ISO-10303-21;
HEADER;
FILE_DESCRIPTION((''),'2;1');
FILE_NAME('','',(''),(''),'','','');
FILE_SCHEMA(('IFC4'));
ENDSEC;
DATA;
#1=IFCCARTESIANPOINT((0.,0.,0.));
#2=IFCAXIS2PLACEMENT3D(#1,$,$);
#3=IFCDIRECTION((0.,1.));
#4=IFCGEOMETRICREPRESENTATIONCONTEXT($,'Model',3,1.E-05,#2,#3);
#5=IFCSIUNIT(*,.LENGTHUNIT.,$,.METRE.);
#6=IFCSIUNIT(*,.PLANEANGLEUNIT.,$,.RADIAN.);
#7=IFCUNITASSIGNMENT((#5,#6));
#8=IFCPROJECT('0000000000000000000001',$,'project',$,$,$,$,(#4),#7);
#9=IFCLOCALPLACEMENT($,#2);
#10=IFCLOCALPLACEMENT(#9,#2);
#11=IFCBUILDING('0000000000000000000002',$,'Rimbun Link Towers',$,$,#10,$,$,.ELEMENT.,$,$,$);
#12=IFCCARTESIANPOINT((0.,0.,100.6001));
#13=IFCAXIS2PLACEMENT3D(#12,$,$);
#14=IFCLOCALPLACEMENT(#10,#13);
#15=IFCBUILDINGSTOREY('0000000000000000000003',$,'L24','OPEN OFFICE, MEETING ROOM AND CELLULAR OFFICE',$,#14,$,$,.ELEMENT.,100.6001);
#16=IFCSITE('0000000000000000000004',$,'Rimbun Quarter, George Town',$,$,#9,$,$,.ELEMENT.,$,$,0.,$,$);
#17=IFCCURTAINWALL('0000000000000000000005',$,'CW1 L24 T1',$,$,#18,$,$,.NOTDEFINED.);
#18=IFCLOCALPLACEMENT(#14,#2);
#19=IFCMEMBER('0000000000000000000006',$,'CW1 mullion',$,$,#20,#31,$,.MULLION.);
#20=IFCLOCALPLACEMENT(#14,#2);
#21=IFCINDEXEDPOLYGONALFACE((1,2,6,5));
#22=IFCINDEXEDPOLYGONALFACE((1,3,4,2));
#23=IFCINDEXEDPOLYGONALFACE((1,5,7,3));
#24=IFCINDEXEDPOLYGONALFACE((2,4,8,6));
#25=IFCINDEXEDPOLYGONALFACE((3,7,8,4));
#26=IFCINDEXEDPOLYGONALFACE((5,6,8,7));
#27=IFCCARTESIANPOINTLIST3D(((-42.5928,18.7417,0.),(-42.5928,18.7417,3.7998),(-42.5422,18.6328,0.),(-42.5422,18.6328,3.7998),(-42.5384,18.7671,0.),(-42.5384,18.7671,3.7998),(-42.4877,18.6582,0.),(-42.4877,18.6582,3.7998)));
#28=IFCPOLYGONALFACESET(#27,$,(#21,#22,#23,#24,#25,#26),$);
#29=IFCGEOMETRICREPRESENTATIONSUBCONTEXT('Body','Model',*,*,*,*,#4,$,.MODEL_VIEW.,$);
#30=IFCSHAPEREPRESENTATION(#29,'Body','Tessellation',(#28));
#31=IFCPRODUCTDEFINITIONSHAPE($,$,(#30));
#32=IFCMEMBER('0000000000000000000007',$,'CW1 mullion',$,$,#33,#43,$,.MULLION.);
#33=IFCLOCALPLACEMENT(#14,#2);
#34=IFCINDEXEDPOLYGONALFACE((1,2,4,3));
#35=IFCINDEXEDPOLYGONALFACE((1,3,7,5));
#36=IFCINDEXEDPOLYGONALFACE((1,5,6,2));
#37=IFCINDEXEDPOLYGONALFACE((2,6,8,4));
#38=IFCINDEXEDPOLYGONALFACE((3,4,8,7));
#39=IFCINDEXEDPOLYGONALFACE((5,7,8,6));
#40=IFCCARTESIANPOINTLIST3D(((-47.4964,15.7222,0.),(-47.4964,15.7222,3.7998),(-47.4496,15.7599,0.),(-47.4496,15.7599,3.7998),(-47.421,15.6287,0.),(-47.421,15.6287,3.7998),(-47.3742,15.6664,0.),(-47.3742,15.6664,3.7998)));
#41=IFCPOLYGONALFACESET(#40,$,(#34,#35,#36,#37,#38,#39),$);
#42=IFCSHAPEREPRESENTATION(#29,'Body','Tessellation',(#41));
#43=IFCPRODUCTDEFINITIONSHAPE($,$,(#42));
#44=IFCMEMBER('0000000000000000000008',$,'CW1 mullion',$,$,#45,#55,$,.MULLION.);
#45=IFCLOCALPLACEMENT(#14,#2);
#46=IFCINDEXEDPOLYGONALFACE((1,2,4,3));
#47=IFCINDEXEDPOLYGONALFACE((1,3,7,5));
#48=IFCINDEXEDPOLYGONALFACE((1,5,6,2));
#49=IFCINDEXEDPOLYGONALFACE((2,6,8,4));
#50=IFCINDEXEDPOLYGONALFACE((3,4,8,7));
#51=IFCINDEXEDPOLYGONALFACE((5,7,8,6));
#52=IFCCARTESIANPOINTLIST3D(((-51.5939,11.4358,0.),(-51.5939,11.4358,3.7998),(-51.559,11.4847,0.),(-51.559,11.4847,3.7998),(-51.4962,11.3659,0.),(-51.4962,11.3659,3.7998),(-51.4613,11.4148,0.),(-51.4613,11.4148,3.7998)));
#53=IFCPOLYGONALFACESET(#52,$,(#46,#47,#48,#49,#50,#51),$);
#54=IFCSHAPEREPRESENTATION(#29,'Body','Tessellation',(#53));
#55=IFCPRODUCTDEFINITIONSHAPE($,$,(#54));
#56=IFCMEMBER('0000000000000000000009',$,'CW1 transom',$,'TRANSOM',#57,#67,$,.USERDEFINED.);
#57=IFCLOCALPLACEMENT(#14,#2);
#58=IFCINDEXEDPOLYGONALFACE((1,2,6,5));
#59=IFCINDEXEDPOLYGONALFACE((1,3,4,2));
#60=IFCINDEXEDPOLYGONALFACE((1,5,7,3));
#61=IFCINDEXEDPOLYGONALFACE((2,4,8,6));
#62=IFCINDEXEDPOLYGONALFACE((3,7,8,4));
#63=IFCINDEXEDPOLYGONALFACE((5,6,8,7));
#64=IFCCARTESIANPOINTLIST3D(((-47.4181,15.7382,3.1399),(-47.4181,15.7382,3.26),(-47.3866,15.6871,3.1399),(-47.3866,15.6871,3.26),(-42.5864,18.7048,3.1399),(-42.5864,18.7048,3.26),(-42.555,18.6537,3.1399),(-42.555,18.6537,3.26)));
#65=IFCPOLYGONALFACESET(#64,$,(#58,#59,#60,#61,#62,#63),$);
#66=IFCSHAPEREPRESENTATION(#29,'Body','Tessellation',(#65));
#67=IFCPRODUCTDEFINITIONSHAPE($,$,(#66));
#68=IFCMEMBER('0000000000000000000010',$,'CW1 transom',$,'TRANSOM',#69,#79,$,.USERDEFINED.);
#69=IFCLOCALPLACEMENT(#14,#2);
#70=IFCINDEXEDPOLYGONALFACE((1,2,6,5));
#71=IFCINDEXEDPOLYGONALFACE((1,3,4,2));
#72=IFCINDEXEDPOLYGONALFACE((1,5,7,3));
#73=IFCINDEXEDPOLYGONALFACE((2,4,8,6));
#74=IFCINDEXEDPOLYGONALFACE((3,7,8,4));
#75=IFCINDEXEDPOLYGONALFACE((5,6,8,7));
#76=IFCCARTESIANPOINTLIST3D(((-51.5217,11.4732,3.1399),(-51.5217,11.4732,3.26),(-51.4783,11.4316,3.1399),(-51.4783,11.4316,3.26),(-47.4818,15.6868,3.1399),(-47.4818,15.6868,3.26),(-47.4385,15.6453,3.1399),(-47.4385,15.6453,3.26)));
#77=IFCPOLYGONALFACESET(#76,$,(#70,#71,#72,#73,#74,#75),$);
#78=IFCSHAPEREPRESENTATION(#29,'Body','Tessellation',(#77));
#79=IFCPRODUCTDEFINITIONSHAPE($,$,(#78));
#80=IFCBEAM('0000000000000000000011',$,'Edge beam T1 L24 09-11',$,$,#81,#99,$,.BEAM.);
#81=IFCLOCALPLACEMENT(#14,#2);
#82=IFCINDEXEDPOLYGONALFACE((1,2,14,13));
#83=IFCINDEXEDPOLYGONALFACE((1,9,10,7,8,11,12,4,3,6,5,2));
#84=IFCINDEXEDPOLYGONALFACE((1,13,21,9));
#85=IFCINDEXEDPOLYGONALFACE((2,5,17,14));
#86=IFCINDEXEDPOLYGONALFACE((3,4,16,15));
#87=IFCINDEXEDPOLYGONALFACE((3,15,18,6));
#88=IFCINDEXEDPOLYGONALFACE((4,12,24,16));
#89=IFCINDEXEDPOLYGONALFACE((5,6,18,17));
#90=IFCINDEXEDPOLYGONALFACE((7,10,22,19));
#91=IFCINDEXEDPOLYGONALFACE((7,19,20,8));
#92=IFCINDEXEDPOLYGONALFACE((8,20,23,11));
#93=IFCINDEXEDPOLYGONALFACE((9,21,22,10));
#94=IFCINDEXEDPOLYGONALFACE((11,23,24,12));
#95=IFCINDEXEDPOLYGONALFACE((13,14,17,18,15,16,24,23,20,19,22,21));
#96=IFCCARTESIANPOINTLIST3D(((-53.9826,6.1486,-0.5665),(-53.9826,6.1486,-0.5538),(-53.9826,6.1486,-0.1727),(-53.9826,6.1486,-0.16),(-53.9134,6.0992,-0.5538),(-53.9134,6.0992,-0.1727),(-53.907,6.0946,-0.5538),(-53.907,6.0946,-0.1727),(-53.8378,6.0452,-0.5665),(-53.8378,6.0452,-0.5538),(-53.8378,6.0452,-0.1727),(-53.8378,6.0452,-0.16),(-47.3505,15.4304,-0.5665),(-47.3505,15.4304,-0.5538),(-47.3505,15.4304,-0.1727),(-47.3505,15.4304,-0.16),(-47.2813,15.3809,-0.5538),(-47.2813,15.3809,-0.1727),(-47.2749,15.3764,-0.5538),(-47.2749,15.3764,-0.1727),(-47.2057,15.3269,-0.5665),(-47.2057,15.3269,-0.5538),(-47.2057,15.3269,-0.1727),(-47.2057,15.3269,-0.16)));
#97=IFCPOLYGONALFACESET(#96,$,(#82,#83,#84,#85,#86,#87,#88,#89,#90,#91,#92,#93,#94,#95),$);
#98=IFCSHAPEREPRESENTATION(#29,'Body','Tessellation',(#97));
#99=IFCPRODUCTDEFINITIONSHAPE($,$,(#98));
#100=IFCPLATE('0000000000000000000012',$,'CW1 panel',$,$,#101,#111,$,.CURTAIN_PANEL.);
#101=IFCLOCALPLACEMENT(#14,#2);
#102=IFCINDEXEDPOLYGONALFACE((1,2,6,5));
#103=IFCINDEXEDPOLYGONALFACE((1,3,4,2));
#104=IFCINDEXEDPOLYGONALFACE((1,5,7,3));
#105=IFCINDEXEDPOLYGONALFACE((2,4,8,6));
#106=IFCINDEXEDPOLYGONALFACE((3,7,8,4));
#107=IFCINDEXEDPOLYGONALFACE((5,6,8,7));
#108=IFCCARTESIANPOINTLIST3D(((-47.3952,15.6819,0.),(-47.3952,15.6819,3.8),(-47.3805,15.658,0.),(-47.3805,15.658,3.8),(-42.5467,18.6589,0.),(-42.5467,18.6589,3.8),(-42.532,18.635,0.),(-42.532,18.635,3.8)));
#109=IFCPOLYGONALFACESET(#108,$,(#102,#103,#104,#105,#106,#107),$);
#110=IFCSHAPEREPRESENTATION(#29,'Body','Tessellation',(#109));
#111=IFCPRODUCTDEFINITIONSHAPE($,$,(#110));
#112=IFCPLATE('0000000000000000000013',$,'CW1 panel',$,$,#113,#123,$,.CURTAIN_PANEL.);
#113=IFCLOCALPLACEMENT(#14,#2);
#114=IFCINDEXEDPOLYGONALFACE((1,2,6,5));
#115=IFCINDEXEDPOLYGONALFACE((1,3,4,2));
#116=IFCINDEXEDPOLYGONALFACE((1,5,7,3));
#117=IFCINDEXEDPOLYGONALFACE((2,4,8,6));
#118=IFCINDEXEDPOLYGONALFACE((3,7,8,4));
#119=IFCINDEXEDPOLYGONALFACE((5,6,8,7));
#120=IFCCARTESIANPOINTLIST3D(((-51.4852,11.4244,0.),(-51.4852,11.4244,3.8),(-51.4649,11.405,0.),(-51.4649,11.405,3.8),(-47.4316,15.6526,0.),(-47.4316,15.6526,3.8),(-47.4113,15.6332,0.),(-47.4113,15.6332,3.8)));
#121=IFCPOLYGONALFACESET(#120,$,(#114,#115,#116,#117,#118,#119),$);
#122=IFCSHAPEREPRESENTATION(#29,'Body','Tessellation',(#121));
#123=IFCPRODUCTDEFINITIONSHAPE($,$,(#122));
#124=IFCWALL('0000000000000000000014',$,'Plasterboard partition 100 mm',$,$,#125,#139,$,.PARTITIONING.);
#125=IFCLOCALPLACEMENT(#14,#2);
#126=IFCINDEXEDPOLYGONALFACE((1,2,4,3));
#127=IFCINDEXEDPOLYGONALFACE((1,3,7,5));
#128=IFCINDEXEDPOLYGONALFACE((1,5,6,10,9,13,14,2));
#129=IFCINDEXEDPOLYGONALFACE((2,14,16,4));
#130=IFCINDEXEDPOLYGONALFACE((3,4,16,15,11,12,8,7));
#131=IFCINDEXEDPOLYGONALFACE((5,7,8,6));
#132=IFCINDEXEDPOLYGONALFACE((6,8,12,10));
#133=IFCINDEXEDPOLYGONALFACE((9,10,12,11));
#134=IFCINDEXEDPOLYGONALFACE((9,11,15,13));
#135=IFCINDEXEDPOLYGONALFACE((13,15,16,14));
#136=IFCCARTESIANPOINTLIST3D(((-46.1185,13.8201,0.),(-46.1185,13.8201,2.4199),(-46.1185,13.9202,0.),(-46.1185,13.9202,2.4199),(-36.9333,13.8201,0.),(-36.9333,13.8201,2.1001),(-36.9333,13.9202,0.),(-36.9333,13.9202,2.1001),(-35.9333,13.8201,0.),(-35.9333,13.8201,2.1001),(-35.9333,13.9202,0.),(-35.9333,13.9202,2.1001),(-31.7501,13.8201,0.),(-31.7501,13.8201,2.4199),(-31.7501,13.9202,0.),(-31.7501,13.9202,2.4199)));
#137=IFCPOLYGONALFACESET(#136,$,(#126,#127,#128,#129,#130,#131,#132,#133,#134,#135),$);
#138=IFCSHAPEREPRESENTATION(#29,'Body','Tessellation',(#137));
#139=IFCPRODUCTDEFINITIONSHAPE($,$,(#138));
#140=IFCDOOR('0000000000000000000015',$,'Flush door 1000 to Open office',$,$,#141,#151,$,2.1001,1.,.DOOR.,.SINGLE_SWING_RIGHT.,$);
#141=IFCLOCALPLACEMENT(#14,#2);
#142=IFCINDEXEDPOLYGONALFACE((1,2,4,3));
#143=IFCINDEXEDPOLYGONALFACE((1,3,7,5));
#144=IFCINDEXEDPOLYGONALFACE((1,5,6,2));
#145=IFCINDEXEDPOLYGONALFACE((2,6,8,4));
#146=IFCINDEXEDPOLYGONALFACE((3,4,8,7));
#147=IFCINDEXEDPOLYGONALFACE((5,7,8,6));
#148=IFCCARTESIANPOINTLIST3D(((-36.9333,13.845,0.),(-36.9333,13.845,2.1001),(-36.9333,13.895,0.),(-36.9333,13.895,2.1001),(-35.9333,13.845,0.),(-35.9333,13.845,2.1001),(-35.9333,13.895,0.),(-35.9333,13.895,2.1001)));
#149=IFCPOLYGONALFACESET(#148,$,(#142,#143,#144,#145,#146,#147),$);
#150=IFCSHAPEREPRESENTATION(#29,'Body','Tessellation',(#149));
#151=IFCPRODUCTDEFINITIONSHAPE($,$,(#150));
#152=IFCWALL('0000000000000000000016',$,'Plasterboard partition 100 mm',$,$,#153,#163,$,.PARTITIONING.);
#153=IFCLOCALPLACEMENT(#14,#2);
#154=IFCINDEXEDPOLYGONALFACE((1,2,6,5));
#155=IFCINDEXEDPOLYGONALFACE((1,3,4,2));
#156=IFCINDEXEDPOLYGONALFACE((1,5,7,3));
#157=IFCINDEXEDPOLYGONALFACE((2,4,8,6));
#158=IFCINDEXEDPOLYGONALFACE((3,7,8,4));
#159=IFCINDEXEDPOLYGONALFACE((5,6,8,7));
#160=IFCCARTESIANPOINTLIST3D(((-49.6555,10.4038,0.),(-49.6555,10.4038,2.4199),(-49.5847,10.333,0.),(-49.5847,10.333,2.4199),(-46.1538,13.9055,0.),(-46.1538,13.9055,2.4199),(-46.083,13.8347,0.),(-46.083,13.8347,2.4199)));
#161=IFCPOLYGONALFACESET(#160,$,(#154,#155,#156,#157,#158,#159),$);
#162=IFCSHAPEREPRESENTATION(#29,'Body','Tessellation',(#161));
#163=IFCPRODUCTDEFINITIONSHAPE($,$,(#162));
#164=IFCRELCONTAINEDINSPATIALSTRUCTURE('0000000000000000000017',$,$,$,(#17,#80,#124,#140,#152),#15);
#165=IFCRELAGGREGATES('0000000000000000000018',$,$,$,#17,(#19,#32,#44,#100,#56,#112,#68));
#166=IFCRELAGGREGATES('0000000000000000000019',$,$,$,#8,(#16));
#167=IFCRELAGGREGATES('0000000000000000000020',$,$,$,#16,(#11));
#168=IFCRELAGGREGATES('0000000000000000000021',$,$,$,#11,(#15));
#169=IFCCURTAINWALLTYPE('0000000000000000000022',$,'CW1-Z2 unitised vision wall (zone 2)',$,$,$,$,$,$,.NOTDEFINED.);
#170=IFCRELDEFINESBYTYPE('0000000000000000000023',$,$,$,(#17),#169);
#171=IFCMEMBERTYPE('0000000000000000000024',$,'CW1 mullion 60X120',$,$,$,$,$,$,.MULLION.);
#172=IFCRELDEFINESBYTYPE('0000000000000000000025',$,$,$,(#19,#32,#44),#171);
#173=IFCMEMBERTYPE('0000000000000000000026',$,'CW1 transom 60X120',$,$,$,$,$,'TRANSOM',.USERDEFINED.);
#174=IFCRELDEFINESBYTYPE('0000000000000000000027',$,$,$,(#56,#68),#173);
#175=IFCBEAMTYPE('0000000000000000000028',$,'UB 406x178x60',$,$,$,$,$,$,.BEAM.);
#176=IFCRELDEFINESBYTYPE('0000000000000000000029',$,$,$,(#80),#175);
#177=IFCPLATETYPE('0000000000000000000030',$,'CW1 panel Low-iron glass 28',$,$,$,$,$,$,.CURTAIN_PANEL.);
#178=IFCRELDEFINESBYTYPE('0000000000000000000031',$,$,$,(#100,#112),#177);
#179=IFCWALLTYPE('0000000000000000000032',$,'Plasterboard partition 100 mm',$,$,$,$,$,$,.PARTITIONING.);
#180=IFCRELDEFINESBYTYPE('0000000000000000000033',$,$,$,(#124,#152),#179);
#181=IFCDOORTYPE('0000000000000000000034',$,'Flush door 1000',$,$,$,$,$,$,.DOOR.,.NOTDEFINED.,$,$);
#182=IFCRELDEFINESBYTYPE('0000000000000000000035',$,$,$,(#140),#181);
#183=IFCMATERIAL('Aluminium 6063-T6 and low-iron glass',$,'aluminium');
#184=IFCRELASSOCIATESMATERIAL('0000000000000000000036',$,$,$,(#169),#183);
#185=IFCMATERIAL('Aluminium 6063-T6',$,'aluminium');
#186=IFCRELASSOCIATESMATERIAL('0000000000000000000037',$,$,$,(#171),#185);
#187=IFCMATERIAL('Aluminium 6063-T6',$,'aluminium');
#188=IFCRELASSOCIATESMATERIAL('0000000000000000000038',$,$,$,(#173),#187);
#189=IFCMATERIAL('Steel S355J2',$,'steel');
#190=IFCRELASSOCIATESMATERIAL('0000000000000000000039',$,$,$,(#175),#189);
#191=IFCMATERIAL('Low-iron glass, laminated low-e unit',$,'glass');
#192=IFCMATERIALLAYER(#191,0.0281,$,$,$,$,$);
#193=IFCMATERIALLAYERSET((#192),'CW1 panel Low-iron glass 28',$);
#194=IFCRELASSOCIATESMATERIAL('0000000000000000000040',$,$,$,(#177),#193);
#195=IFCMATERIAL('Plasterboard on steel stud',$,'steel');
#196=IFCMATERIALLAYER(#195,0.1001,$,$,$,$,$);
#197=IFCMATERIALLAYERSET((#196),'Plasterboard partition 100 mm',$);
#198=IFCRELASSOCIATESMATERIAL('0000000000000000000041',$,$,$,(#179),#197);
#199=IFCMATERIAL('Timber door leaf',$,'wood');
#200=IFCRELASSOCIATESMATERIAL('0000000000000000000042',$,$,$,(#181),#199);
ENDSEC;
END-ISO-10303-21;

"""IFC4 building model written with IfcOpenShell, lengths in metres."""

from ifc_helpers import new_model, si_unit, direction, frame, frame_2d, origin, origin_2d, place, context, subcontext, project, spatial, rectangle, i_section, extrude, material, layer, layer_set, material_profile, profile_set, type_object, element, fill, aggregate, save


model = new_model("IFC4")

# Units and contexts
model_context = context("Model", 3, precision=1e-05, world=origin(), true_north=direction((0.0, 1.0)))
body_context = subcontext(model_context, "Body", "Model", "MODEL_VIEW")
ifc_project = project(units=[si_unit("LENGTHUNIT", "METRE"), si_unit("PLANEANGLEUNIT", "RADIAN")], contexts=[model_context])

# Site, building, storey
site_placement = place(None, origin())
site = spatial("IfcSite", under=ifc_project, at=site_placement, Name="Rimbun Quarter, George Town", CompositionType="ELEMENT", RefElevation=0.0)
building_placement = place(site_placement, origin())
building = spatial("IfcBuilding", under=site, at=building_placement, Name="Rimbun Link Towers", CompositionType="ELEMENT")
storey_placement = place(building_placement, frame((0.0, 0.0, 100.6001)))
storey = spatial("IfcBuildingStorey", under=building, at=storey_placement, Name="L24", Description="OPEN OFFICE, MEETING ROOM AND CELLULAR OFFICE", CompositionType="ELEMENT", Elevation=100.6001)

# Curtain wall, members
ifc_material_1 = material(Name="Aluminium 6063-T6 and low-iron glass", Category="aluminium")
curtain_wall_type = type_object("IfcCurtainWallType", Name="CW1-Z2 unitised vision wall (zone 2)", PredefinedType="NOTDEFINED", material=ifc_material_1)
curtain_wall_placement = place(storey_placement, origin())
curtain_wall = element("IfcCurtainWall", 1, at=curtain_wall_placement, inside=storey, type_object=curtain_wall_type, Name="CW1 L24 T1", PredefinedType="NOTDEFINED")
ifc_material_2 = material(Name="Aluminium 6063-T6", Category="aluminium")
ifc_material_profile_1 = material_profile(ifc_material_2, rectangle(XDim=0.1201, YDim=0.0601, at=origin_2d()), Name="MULLION 60X120")
ifc_profile_set_1 = profile_set([ifc_material_profile_1], Name="Aluminium 6063-T6")
member_type_1 = type_object("IfcMemberType", Name="CW1 mullion 60X120", PredefinedType="MULLION", material=ifc_profile_set_1)
member_1_placement = place(storey_placement, frame((-42.5403, 18.7, 0.0), z_axis=(0.0, 0.0, 1.0), x_axis=(-0.421699, 0.906736, 0.0)))
member_1 = element("IfcMember", 2, at=member_1_placement, type_object=member_type_1, Name="CW1 mullion", PredefinedType="MULLION", context=body_context, shape_type="SweptSolid", body=[
    extrude(rectangle(XDim=0.1201, YDim=0.0601, at=origin_2d()), origin(), (0.0, 0.0, 1.0), 3.7998),
])
member_2_placement = place(storey_placement, frame((-47.4353, 15.6943, 0.0), z_axis=(0.0, 0.0, 1.0), x_axis=(-0.627675, 0.778476, 0.0)))
member_2 = element("IfcMember", 3, at=member_2_placement, type_object=member_type_1, Name="CW1 mullion", PredefinedType="MULLION", context=body_context, shape_type="SweptSolid", body=[
    extrude(rectangle(XDim=0.1201, YDim=0.0601, at=origin_2d()), origin(), (0.0, 0.0, 1.0), 3.7998),
])
member_3_placement = place(storey_placement, frame((-51.5276, 11.4253, 0.0), z_axis=(0.0, 0.0, 1.0), x_axis=(-0.813351, 0.581773, 0.0)))
member_3 = element("IfcMember", 4, at=member_3_placement, type_object=member_type_1, Name="CW1 mullion", PredefinedType="MULLION", context=body_context, shape_type="SweptSolid", body=[
    extrude(rectangle(XDim=0.1201, YDim=0.0601, at=origin_2d()), origin(), (0.0, 0.0, 1.0), 3.7998),
])
ifc_material_3 = material(Name="Aluminium 6063-T6", Category="aluminium")
ifc_material_profile_2 = material_profile(ifc_material_3, rectangle(XDim=0.0601, YDim=0.1201, at=origin_2d()), Name="TRANSOM 60X120")
ifc_profile_set_2 = profile_set([ifc_material_profile_2], Name="Aluminium 6063-T6")
member_type_2 = type_object("IfcMemberType", Name="CW1 transom 60X120", ElementType="TRANSOM", PredefinedType="USERDEFINED", material=ifc_profile_set_2)
member_4_placement = place(storey_placement, frame((-47.4023, 15.7126, 3.2), z_axis=(0.852186, 0.523239, 0.0), x_axis=(-0.523239, 0.852186, 0.0)))
member_4 = element("IfcMember", 5, at=member_4_placement, type_object=member_type_2, Name="CW1 transom", ObjectType="TRANSOM", PredefinedType="USERDEFINED", context=body_context, shape_type="SweptSolid", body=[
    extrude(rectangle(XDim=0.0601, YDim=0.1201, at=origin_2d()), origin(), (0.0, 0.0, 1.0), 5.6697),
])
member_5_placement = place(storey_placement, frame((-51.5, 11.4524, 3.2), z_axis=(0.692061, 0.721839, 0.0), x_axis=(-0.721839, 0.692061, 0.0)))
member_5 = element("IfcMember", 6, at=member_5_placement, type_object=member_type_2, Name="CW1 transom", ObjectType="TRANSOM", PredefinedType="USERDEFINED", context=body_context, shape_type="SweptSolid", body=[
    extrude(rectangle(XDim=0.0601, YDim=0.1201, at=origin_2d()), origin(), (0.0, 0.0, 1.0), 5.8374),
])

# Beam
ifc_material_4 = material(Name="Steel S355J2", Category="steel")
ifc_material_profile_3 = material_profile(ifc_material_4, i_section(OverallWidth=0.178, OverallDepth=0.4065, WebThickness=0.0078, FlangeThickness=0.0127, at=origin_2d()), Name="UB 406x178x60")
ifc_profile_set_3 = profile_set([ifc_material_profile_3], Name="Steel S355J2")
beam_type = type_object("IfcBeamType", Name="UB 406x178x60", PredefinedType="BEAM", material=ifc_profile_set_3)
beam_placement = place(storey_placement, frame((-47.2781, 15.3787, -0.3633), z_axis=(-0.58137, -0.813639, 0.0), x_axis=(0.813639, -0.58137, 0.0)))
element("IfcBeam", 7, at=beam_placement, inside=storey, type_object=beam_type, Name="Edge beam T1 L24 09-11", PredefinedType="BEAM", context=body_context, shape_type="SweptSolid", body=[
    extrude(i_section(OverallWidth=0.178, OverallDepth=0.4065, WebThickness=0.0078, FlangeThickness=0.0127, at=origin_2d()), origin(), (0.0, 0.0, 1.0), 11.4077),
])

# Plates
ifc_material_5 = material(Name="Low-iron glass, laminated low-e unit", Category="glass")
ifc_layer_1 = layer(ifc_material_5, 0.0281)
ifc_layer_set_1 = layer_set([ifc_layer_1], Name="CW1 panel Low-iron glass 28")
plate_type = type_object("IfcPlateType", Name="CW1 panel Low-iron glass 28", PredefinedType="CURTAIN_PANEL", material=ifc_layer_set_1)
plate_1_placement = place(storey_placement, frame((-44.9636, 17.1584, 0.0), z_axis=(0.0, 0.0, 1.0), x_axis=(0.852186, 0.523239, 0.0)))
plate_1 = element("IfcPlate", 8, at=plate_1_placement, type_object=plate_type, Name="CW1 panel", PredefinedType="CURTAIN_PANEL", context=body_context, shape_type="SweptSolid", body=[
    extrude(rectangle(XDim=5.6895, YDim=0.0281, at=origin_2d()), origin(), (0.0, 0.0, 1.0), 3.8),
])
plate_2_placement = place(storey_placement, frame((-49.4482, 13.5288, 0.0), z_axis=(0.0, 0.0, 1.0), x_axis=(0.692045, 0.721854, 0.0)))
plate_2 = element("IfcPlate", 9, at=plate_2_placement, type_object=plate_type, Name="CW1 panel", PredefinedType="CURTAIN_PANEL", context=body_context, shape_type="SweptSolid", body=[
    extrude(rectangle(XDim=5.8574, YDim=0.0281, at=origin_2d()), origin(), (0.0, 0.0, 1.0), 3.8),
])
aggregate(curtain_wall, [member_1, member_2, member_3, plate_1, member_4, plate_2, member_5])

# Wall, opening, door
ifc_material_6 = material(Name="Plasterboard on steel stud", Category="steel")
ifc_layer_2 = layer(ifc_material_6, 0.1001)
ifc_layer_set_2 = layer_set([ifc_layer_2], Name="Plasterboard partition 100 mm")
wall_type = type_object("IfcWallType", Name="Plasterboard partition 100 mm", PredefinedType="PARTITIONING", material=ifc_layer_set_2)
wall_1_placement = place(storey_placement, frame((-46.1184, 13.8701, 0.0), z_axis=(0.0, 0.0, 1.0), x_axis=(1.0, 0.0, 0.0)))
wall_1 = element("IfcWall", 10, at=wall_1_placement, inside=storey, type_object=wall_type, Name="Plasterboard partition 100 mm", PredefinedType="PARTITIONING", context=body_context, shape_type="SweptSolid", body=[
    extrude(rectangle(XDim=14.3684, YDim=0.1001, at=frame_2d((7.1841, 0.0))), origin(), (0.0, 0.0, 1.0), 2.4199),
])
opening_placement = place(wall_1_placement, frame((9.1851, 0.0, 0.0)))
opening = element("IfcOpeningElement", 11, at=opening_placement, cuts=wall_1, PredefinedType="OPENING", context=body_context, shape_type="SweptSolid", body=[
    extrude(rectangle(XDim=1.0, YDim=2.1001, at=frame_2d((0.5, 1.05))), frame((0.0, 0.0601, 0.0), z_axis=(0.0, -1.0, 0.0), x_axis=(1.0, 0.0, 0.0)), (0.0, 0.0, 1.0), 0.1201),
])
ifc_material_7 = material(Name="Timber door leaf", Category="wood")
door_type = type_object("IfcDoorType", Name="Flush door 1000", OperationType="NOTDEFINED", PredefinedType="DOOR", material=ifc_material_7)
door_placement = place(opening_placement, origin())
door = element("IfcDoor", 12, at=door_placement, inside=storey, type_object=door_type, Name="Flush door 1000 to Open office", OperationType="SINGLE_SWING_RIGHT", OverallHeight=2.1001, OverallWidth=1.0, PredefinedType="DOOR", context=body_context, shape_type="SweptSolid", body=[
    extrude(rectangle(XDim=1.0, YDim=2.1001, at=frame_2d((0.5, 1.05))), frame((0.0, 0.0249, 0.0), z_axis=(0.0, -1.0, 0.0), x_axis=(1.0, 0.0, 0.0)), (0.0, 0.0, 1.0), 0.05),
])
fill(opening, door)

# Wall
wall_2_placement = place(storey_placement, frame((-46.1184, 13.8701, 0.0), z_axis=(0.0, 0.0, 1.0), x_axis=(-0.707107, -0.707107, 0.0)))
element("IfcWall", 13, at=wall_2_placement, inside=storey, type_object=wall_type, Name="Plasterboard partition 100 mm", PredefinedType="PARTITIONING", context=body_context, shape_type="SweptSolid", body=[
    extrude(rectangle(XDim=4.9521, YDim=0.1001, at=frame_2d((2.4761, 0.0))), origin(), (0.0, 0.0, 1.0), 2.4199),
])

save(model, "model.ifc")
